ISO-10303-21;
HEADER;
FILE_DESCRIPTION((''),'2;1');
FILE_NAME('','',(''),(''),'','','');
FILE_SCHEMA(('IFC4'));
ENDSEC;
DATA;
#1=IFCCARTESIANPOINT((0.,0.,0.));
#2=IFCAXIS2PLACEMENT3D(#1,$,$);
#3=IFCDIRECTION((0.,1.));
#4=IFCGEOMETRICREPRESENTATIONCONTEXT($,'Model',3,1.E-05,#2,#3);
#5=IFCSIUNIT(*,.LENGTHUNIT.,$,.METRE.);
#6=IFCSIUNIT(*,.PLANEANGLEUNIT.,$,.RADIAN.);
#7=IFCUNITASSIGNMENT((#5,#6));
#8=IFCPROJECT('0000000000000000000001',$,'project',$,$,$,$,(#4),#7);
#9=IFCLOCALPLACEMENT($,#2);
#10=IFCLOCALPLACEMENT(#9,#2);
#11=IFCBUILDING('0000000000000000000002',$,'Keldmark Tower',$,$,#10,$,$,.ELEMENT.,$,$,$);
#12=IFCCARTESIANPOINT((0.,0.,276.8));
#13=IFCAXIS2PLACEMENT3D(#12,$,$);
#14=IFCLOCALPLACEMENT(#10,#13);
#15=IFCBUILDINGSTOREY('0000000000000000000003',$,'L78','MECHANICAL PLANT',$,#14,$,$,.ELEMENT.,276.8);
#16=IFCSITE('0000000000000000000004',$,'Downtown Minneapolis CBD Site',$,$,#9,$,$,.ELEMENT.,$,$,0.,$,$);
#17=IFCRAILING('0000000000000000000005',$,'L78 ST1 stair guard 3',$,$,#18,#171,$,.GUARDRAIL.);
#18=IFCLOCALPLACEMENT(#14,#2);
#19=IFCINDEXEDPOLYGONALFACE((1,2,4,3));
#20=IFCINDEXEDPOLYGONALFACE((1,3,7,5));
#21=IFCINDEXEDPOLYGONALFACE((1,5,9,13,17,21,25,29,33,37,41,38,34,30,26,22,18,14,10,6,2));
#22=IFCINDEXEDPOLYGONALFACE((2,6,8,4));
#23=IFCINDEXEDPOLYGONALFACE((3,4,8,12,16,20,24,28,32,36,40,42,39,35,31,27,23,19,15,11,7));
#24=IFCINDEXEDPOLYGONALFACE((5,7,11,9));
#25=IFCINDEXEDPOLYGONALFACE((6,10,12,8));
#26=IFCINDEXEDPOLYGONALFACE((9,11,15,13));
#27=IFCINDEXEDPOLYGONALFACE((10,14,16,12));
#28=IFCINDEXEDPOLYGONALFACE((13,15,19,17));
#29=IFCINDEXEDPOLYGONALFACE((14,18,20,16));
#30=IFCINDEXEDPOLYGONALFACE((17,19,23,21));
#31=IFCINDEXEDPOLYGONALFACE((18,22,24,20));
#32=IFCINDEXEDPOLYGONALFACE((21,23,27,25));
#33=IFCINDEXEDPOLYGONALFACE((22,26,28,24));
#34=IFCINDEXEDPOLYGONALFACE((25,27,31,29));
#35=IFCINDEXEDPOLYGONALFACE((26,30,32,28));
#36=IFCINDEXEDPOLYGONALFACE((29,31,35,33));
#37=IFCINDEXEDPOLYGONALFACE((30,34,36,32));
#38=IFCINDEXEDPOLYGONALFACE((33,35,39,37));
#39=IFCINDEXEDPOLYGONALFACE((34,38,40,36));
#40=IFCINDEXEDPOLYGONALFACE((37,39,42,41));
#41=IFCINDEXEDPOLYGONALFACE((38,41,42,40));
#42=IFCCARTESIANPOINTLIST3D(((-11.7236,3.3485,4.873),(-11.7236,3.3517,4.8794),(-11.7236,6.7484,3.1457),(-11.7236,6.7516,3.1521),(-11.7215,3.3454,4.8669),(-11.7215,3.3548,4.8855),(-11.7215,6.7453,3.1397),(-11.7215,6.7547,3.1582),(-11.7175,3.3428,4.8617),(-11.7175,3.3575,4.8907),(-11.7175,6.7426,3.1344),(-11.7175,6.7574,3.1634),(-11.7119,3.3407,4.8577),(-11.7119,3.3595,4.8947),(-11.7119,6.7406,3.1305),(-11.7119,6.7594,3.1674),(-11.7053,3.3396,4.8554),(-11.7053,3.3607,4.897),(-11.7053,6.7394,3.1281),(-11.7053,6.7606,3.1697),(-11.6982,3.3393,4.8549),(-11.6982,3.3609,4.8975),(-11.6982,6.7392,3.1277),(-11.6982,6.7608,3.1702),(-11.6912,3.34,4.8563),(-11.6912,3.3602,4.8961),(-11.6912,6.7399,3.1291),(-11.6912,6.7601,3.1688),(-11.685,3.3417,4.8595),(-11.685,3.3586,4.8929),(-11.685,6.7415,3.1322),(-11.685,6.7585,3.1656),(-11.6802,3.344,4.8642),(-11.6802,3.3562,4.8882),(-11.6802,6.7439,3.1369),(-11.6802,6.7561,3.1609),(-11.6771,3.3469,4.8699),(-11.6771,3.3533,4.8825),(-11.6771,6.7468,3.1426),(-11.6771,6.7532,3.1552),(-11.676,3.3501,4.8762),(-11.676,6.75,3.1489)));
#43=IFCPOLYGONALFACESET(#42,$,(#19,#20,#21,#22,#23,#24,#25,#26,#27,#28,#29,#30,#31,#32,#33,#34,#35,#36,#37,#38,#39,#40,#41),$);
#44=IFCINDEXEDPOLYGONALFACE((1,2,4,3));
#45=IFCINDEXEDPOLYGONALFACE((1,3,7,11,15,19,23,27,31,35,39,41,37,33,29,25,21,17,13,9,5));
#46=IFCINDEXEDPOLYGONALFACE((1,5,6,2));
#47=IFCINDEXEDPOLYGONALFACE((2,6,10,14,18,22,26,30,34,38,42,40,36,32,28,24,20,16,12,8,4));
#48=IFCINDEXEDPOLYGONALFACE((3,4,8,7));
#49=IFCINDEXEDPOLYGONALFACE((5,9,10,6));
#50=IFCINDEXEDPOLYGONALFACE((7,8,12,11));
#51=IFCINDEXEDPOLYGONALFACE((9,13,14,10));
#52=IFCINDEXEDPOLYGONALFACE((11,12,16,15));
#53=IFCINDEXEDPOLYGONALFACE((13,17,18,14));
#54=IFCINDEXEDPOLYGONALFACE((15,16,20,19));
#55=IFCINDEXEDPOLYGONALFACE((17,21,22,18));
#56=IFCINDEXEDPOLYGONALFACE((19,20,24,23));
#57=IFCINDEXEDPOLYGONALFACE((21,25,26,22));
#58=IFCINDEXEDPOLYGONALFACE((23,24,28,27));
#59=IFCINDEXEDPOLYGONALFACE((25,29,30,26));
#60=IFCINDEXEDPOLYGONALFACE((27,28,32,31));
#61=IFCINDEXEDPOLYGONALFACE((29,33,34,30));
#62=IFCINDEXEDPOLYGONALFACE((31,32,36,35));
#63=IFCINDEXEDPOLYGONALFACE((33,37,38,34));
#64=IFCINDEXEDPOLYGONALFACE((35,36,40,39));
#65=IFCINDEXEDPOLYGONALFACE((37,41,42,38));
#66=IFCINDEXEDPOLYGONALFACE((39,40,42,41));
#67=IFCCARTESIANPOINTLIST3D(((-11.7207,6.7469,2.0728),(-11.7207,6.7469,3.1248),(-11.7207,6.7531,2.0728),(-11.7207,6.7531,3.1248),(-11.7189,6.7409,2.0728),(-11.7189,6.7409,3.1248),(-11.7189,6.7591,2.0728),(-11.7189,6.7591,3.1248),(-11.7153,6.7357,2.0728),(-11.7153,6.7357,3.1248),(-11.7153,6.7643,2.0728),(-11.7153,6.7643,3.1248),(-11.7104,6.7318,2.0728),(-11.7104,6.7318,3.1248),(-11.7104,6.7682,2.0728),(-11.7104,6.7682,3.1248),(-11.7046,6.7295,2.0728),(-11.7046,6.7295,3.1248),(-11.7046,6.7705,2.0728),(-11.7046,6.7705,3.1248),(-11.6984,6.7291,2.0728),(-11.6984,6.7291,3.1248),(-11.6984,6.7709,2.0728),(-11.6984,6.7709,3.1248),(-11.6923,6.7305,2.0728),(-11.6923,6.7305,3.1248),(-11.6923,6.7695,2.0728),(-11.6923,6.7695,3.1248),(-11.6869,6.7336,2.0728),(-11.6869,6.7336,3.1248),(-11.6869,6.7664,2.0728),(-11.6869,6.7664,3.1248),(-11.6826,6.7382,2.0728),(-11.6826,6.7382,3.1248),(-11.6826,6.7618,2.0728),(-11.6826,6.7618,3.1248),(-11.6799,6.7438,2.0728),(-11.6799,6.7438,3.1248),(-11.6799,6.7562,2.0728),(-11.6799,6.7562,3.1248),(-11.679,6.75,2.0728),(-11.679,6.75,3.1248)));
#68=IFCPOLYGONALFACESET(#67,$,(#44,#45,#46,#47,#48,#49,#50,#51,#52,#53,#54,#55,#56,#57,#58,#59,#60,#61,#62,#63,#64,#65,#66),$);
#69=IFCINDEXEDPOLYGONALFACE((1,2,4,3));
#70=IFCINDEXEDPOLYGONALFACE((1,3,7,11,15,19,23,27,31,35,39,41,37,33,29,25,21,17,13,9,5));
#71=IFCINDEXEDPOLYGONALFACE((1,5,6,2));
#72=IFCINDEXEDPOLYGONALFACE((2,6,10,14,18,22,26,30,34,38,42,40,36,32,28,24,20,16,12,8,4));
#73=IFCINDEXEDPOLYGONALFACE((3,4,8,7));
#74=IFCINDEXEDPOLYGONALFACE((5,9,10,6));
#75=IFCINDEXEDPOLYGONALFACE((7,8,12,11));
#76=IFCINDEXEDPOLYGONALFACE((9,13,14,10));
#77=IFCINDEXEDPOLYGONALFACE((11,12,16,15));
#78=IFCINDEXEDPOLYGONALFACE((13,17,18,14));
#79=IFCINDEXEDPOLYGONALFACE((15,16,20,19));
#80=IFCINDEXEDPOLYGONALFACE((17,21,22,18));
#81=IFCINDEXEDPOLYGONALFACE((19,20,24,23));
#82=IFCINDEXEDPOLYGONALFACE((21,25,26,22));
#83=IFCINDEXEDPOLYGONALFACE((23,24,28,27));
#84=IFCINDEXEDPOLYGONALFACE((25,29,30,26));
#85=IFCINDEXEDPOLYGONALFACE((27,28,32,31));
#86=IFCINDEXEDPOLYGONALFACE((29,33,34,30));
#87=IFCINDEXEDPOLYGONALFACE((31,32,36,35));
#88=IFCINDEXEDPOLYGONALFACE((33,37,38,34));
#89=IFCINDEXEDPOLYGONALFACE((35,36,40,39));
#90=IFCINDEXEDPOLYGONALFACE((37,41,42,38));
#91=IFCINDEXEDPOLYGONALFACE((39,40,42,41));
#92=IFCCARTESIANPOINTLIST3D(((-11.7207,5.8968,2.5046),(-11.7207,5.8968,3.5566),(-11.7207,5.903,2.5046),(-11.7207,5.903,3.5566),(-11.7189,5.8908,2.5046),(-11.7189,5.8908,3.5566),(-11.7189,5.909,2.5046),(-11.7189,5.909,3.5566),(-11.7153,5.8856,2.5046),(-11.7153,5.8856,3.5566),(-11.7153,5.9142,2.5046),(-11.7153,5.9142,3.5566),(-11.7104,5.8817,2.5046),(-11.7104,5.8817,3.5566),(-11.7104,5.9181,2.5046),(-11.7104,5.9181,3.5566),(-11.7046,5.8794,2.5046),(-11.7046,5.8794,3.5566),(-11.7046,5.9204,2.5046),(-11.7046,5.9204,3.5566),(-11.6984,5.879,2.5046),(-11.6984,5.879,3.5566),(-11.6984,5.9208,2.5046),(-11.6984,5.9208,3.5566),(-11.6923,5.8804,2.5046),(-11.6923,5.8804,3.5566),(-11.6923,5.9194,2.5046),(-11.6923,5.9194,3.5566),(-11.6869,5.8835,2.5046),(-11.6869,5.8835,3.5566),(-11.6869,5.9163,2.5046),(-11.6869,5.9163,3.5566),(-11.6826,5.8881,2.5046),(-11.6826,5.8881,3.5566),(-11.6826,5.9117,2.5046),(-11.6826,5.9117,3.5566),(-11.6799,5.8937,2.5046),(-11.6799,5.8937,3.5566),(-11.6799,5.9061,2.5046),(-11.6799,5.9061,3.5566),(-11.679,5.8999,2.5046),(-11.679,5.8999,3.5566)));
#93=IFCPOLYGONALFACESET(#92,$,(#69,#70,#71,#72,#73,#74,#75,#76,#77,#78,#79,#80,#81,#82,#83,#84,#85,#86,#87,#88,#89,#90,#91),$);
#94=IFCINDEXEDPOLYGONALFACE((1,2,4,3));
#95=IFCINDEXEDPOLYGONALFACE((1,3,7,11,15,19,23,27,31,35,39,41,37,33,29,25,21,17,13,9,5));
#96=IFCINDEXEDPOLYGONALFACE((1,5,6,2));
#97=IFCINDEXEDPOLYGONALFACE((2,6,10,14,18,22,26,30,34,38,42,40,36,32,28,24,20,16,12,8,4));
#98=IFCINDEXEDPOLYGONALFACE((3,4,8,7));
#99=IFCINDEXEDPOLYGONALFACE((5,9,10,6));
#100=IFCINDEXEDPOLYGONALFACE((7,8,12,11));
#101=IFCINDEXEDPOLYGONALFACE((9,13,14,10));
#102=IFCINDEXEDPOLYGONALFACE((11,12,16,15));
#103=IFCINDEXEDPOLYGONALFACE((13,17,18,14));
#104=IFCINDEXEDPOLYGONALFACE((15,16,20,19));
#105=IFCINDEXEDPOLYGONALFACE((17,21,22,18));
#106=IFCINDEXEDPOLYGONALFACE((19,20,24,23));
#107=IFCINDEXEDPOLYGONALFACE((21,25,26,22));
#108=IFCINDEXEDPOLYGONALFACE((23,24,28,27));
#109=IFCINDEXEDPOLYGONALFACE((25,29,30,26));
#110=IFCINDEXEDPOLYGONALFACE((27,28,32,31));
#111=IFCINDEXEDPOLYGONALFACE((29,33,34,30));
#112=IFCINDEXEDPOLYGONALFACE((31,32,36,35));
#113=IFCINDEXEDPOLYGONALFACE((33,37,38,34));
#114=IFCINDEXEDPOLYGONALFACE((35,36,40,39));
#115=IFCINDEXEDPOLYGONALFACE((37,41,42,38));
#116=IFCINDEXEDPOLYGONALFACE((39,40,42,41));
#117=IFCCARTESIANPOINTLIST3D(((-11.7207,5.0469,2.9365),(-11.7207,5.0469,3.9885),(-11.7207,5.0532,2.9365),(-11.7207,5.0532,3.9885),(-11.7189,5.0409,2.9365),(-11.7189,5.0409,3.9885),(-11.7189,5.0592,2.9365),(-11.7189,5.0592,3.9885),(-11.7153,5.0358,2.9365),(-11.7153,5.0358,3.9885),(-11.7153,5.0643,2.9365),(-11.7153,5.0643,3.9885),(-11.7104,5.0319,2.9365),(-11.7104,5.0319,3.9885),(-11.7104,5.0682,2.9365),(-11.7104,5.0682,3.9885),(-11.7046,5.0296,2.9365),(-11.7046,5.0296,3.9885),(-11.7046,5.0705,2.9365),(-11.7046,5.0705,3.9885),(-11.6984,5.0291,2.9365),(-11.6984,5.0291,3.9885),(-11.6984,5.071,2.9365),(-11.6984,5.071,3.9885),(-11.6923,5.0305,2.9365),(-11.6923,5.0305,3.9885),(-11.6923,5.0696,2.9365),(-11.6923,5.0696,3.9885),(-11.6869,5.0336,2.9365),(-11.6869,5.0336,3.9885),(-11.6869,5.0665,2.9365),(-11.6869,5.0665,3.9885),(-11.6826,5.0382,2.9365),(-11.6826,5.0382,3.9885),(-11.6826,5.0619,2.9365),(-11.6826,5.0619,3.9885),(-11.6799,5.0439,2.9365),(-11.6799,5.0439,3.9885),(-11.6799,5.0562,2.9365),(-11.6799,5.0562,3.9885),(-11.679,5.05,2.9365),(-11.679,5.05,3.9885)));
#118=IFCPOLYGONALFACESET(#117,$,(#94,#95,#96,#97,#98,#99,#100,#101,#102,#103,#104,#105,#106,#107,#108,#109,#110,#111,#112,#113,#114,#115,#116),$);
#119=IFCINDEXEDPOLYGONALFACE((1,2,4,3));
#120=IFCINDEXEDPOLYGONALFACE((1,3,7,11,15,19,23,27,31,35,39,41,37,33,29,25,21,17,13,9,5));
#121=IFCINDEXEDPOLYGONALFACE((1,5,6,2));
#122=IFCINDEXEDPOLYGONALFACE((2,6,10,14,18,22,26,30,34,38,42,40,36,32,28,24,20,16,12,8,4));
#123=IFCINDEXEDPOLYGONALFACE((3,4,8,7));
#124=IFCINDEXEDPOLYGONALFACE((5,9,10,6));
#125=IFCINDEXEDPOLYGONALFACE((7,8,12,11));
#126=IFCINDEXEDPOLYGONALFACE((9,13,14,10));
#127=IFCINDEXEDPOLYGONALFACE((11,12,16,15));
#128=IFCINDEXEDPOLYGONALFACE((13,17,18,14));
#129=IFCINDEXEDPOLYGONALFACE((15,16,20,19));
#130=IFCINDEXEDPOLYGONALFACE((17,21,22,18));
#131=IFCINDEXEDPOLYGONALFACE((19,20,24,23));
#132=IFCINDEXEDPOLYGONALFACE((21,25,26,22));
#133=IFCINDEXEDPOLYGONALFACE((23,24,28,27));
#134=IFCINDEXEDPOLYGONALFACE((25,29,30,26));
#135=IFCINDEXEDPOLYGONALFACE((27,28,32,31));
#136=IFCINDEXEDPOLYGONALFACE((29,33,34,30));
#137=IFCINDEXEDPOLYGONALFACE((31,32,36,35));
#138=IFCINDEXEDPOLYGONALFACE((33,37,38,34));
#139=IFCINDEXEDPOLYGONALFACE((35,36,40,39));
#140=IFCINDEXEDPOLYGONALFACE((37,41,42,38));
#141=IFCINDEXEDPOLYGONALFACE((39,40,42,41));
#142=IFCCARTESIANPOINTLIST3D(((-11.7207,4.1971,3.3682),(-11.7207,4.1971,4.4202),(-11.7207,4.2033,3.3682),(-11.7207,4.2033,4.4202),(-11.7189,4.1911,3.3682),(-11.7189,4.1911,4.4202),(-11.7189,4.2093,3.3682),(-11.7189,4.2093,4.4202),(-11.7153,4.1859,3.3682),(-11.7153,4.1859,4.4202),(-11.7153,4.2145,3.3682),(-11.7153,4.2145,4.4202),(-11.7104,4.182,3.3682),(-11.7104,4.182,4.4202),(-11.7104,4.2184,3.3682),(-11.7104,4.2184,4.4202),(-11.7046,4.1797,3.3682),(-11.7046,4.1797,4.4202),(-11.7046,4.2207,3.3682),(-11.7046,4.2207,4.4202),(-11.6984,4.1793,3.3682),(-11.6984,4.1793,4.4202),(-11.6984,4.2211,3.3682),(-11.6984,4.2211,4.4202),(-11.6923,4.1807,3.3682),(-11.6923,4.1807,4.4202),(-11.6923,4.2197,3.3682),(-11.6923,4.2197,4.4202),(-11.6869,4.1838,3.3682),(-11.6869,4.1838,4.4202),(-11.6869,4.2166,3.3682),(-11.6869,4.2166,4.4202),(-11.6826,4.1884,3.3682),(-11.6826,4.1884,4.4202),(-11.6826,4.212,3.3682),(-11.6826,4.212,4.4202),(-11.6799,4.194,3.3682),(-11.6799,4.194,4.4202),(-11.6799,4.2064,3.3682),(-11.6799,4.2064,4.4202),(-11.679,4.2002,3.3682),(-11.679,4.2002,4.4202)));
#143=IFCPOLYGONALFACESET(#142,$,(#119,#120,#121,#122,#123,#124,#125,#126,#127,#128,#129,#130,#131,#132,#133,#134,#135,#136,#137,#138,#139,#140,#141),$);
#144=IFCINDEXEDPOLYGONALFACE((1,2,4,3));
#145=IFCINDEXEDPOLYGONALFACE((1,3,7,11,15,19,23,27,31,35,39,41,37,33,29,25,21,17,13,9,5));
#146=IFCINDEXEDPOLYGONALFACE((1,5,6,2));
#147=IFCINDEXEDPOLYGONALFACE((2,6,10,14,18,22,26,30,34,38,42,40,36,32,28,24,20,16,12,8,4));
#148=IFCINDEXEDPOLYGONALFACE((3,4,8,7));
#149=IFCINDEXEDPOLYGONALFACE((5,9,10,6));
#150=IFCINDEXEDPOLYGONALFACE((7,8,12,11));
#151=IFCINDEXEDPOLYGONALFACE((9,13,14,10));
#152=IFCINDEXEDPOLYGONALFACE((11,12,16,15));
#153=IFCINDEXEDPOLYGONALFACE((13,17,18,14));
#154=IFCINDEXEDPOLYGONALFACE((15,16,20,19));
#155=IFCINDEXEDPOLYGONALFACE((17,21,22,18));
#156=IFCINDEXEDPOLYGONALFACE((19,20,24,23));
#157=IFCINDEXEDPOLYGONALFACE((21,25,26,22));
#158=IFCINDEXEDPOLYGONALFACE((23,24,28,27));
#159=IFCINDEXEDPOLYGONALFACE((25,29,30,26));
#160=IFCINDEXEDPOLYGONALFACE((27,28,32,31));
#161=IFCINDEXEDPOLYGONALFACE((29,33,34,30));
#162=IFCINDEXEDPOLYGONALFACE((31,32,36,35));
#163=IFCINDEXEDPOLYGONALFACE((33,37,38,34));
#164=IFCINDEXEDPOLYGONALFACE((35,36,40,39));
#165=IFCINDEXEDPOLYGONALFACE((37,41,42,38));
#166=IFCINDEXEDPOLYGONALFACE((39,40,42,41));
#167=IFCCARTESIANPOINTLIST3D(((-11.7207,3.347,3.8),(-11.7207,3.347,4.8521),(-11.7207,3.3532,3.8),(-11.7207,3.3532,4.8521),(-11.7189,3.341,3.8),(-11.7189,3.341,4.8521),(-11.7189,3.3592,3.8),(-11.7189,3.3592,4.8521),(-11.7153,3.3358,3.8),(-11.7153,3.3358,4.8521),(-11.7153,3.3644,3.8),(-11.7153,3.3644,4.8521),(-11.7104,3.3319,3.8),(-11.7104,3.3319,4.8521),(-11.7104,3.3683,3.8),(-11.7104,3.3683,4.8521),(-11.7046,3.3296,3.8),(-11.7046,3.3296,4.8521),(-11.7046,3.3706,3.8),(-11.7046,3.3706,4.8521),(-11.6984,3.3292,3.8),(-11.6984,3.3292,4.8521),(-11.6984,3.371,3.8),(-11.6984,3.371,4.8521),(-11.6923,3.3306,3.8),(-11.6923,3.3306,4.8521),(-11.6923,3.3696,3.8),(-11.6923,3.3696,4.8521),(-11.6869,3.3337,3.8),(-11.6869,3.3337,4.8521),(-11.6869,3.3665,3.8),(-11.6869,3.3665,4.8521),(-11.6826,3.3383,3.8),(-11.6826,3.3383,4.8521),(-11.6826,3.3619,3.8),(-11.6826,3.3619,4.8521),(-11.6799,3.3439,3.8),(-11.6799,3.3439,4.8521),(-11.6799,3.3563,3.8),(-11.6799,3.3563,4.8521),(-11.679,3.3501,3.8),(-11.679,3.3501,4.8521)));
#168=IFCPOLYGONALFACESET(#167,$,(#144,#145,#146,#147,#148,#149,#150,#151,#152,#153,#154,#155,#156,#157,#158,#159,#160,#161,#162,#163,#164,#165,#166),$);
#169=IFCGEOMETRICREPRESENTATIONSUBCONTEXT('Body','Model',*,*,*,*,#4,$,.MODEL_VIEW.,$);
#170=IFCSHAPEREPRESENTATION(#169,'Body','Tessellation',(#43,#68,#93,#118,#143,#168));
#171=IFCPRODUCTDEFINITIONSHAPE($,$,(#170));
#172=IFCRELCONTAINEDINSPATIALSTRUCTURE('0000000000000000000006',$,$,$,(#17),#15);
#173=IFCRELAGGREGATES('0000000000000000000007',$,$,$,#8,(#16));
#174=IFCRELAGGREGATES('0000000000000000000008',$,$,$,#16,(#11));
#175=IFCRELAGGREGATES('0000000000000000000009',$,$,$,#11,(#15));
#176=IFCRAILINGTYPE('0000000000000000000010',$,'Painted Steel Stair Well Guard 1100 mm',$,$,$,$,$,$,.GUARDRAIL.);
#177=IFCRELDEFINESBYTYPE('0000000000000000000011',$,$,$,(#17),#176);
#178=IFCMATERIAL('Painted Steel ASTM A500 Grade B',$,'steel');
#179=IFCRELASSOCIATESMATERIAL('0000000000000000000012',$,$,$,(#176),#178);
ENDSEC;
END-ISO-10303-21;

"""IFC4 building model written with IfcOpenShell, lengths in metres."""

from ifc_helpers import new_model, si_unit, direction, frame, origin, origin_2d, place, context, subcontext, project, spatial, circle, extrude, material, type_object, element, save


model = new_model("IFC4")

# Units and contexts
model_context = context("Model", 3, precision=1e-05, world=origin(), true_north=direction((0.0, 1.0)))
body_context = subcontext(model_context, "Body", "Model", "MODEL_VIEW")
ifc_project = project(units=[si_unit("LENGTHUNIT", "METRE"), si_unit("PLANEANGLEUNIT", "RADIAN")], contexts=[model_context])

# Site, building, storey
site_placement = place(None, origin())
site = spatial("IfcSite", under=ifc_project, at=site_placement, Name="Downtown Minneapolis CBD Site", CompositionType="ELEMENT", RefElevation=0.0)
building_placement = place(site_placement, origin())
building = spatial("IfcBuilding", under=site, at=building_placement, Name="Keldmark Tower", CompositionType="ELEMENT")
storey_placement = place(building_placement, frame((0.0, 0.0, 276.8)))
storey = spatial("IfcBuildingStorey", under=building, at=storey_placement, Name="L78", Description="MECHANICAL PLANT", CompositionType="ELEMENT", Elevation=276.8)

# Railing
ifc_material_1 = material(Name="Painted Steel ASTM A500 Grade B", Category="steel")
railing_type_1 = type_object("IfcRailingType", Name="Painted Steel Stair Well Guard 1100 mm", PredefinedType="GUARDRAIL", material=ifc_material_1)
railing_1_placement = place(storey_placement, frame((-11.7, 6.75, 2.0728)))
element("IfcRailing", 1, at=railing_1_placement, inside=storey, type_object=railing_type_1, Name="L78 ST1 stair guard 3", PredefinedType="GUARDRAIL", context=body_context, shape_type="SweptSolid", body=[
    extrude(circle(Radius=0.0239, at=origin_2d()), frame((0.0, 0.0, 1.0762), z_axis=(0.0, -0.891541, 0.452941), x_axis=(1.0, 0.0, 0.0)), (0.0, 0.0, 1.0), 3.8135),
    extrude(circle(Radius=0.021, at=origin_2d()), origin(), (0.0, 0.0, 1.0), 1.052),
    extrude(circle(Radius=0.021, at=origin_2d()), frame((0.0, -0.8501, 0.4319)), (0.0, 0.0, 1.0), 1.052),
    extrude(circle(Radius=0.021, at=origin_2d()), frame((0.0, -1.7, 0.8638)), (0.0, 0.0, 1.0), 1.052),
    extrude(circle(Radius=0.021, at=origin_2d()), frame((0.0, -2.5498, 1.2954)), (0.0, 0.0, 1.0), 1.052),
    extrude(circle(Radius=0.021, at=origin_2d()), frame((0.0, -3.3999, 1.7273)), (0.0, 0.0, 1.0), 1.052),
])

save(model, "model.ifc")
